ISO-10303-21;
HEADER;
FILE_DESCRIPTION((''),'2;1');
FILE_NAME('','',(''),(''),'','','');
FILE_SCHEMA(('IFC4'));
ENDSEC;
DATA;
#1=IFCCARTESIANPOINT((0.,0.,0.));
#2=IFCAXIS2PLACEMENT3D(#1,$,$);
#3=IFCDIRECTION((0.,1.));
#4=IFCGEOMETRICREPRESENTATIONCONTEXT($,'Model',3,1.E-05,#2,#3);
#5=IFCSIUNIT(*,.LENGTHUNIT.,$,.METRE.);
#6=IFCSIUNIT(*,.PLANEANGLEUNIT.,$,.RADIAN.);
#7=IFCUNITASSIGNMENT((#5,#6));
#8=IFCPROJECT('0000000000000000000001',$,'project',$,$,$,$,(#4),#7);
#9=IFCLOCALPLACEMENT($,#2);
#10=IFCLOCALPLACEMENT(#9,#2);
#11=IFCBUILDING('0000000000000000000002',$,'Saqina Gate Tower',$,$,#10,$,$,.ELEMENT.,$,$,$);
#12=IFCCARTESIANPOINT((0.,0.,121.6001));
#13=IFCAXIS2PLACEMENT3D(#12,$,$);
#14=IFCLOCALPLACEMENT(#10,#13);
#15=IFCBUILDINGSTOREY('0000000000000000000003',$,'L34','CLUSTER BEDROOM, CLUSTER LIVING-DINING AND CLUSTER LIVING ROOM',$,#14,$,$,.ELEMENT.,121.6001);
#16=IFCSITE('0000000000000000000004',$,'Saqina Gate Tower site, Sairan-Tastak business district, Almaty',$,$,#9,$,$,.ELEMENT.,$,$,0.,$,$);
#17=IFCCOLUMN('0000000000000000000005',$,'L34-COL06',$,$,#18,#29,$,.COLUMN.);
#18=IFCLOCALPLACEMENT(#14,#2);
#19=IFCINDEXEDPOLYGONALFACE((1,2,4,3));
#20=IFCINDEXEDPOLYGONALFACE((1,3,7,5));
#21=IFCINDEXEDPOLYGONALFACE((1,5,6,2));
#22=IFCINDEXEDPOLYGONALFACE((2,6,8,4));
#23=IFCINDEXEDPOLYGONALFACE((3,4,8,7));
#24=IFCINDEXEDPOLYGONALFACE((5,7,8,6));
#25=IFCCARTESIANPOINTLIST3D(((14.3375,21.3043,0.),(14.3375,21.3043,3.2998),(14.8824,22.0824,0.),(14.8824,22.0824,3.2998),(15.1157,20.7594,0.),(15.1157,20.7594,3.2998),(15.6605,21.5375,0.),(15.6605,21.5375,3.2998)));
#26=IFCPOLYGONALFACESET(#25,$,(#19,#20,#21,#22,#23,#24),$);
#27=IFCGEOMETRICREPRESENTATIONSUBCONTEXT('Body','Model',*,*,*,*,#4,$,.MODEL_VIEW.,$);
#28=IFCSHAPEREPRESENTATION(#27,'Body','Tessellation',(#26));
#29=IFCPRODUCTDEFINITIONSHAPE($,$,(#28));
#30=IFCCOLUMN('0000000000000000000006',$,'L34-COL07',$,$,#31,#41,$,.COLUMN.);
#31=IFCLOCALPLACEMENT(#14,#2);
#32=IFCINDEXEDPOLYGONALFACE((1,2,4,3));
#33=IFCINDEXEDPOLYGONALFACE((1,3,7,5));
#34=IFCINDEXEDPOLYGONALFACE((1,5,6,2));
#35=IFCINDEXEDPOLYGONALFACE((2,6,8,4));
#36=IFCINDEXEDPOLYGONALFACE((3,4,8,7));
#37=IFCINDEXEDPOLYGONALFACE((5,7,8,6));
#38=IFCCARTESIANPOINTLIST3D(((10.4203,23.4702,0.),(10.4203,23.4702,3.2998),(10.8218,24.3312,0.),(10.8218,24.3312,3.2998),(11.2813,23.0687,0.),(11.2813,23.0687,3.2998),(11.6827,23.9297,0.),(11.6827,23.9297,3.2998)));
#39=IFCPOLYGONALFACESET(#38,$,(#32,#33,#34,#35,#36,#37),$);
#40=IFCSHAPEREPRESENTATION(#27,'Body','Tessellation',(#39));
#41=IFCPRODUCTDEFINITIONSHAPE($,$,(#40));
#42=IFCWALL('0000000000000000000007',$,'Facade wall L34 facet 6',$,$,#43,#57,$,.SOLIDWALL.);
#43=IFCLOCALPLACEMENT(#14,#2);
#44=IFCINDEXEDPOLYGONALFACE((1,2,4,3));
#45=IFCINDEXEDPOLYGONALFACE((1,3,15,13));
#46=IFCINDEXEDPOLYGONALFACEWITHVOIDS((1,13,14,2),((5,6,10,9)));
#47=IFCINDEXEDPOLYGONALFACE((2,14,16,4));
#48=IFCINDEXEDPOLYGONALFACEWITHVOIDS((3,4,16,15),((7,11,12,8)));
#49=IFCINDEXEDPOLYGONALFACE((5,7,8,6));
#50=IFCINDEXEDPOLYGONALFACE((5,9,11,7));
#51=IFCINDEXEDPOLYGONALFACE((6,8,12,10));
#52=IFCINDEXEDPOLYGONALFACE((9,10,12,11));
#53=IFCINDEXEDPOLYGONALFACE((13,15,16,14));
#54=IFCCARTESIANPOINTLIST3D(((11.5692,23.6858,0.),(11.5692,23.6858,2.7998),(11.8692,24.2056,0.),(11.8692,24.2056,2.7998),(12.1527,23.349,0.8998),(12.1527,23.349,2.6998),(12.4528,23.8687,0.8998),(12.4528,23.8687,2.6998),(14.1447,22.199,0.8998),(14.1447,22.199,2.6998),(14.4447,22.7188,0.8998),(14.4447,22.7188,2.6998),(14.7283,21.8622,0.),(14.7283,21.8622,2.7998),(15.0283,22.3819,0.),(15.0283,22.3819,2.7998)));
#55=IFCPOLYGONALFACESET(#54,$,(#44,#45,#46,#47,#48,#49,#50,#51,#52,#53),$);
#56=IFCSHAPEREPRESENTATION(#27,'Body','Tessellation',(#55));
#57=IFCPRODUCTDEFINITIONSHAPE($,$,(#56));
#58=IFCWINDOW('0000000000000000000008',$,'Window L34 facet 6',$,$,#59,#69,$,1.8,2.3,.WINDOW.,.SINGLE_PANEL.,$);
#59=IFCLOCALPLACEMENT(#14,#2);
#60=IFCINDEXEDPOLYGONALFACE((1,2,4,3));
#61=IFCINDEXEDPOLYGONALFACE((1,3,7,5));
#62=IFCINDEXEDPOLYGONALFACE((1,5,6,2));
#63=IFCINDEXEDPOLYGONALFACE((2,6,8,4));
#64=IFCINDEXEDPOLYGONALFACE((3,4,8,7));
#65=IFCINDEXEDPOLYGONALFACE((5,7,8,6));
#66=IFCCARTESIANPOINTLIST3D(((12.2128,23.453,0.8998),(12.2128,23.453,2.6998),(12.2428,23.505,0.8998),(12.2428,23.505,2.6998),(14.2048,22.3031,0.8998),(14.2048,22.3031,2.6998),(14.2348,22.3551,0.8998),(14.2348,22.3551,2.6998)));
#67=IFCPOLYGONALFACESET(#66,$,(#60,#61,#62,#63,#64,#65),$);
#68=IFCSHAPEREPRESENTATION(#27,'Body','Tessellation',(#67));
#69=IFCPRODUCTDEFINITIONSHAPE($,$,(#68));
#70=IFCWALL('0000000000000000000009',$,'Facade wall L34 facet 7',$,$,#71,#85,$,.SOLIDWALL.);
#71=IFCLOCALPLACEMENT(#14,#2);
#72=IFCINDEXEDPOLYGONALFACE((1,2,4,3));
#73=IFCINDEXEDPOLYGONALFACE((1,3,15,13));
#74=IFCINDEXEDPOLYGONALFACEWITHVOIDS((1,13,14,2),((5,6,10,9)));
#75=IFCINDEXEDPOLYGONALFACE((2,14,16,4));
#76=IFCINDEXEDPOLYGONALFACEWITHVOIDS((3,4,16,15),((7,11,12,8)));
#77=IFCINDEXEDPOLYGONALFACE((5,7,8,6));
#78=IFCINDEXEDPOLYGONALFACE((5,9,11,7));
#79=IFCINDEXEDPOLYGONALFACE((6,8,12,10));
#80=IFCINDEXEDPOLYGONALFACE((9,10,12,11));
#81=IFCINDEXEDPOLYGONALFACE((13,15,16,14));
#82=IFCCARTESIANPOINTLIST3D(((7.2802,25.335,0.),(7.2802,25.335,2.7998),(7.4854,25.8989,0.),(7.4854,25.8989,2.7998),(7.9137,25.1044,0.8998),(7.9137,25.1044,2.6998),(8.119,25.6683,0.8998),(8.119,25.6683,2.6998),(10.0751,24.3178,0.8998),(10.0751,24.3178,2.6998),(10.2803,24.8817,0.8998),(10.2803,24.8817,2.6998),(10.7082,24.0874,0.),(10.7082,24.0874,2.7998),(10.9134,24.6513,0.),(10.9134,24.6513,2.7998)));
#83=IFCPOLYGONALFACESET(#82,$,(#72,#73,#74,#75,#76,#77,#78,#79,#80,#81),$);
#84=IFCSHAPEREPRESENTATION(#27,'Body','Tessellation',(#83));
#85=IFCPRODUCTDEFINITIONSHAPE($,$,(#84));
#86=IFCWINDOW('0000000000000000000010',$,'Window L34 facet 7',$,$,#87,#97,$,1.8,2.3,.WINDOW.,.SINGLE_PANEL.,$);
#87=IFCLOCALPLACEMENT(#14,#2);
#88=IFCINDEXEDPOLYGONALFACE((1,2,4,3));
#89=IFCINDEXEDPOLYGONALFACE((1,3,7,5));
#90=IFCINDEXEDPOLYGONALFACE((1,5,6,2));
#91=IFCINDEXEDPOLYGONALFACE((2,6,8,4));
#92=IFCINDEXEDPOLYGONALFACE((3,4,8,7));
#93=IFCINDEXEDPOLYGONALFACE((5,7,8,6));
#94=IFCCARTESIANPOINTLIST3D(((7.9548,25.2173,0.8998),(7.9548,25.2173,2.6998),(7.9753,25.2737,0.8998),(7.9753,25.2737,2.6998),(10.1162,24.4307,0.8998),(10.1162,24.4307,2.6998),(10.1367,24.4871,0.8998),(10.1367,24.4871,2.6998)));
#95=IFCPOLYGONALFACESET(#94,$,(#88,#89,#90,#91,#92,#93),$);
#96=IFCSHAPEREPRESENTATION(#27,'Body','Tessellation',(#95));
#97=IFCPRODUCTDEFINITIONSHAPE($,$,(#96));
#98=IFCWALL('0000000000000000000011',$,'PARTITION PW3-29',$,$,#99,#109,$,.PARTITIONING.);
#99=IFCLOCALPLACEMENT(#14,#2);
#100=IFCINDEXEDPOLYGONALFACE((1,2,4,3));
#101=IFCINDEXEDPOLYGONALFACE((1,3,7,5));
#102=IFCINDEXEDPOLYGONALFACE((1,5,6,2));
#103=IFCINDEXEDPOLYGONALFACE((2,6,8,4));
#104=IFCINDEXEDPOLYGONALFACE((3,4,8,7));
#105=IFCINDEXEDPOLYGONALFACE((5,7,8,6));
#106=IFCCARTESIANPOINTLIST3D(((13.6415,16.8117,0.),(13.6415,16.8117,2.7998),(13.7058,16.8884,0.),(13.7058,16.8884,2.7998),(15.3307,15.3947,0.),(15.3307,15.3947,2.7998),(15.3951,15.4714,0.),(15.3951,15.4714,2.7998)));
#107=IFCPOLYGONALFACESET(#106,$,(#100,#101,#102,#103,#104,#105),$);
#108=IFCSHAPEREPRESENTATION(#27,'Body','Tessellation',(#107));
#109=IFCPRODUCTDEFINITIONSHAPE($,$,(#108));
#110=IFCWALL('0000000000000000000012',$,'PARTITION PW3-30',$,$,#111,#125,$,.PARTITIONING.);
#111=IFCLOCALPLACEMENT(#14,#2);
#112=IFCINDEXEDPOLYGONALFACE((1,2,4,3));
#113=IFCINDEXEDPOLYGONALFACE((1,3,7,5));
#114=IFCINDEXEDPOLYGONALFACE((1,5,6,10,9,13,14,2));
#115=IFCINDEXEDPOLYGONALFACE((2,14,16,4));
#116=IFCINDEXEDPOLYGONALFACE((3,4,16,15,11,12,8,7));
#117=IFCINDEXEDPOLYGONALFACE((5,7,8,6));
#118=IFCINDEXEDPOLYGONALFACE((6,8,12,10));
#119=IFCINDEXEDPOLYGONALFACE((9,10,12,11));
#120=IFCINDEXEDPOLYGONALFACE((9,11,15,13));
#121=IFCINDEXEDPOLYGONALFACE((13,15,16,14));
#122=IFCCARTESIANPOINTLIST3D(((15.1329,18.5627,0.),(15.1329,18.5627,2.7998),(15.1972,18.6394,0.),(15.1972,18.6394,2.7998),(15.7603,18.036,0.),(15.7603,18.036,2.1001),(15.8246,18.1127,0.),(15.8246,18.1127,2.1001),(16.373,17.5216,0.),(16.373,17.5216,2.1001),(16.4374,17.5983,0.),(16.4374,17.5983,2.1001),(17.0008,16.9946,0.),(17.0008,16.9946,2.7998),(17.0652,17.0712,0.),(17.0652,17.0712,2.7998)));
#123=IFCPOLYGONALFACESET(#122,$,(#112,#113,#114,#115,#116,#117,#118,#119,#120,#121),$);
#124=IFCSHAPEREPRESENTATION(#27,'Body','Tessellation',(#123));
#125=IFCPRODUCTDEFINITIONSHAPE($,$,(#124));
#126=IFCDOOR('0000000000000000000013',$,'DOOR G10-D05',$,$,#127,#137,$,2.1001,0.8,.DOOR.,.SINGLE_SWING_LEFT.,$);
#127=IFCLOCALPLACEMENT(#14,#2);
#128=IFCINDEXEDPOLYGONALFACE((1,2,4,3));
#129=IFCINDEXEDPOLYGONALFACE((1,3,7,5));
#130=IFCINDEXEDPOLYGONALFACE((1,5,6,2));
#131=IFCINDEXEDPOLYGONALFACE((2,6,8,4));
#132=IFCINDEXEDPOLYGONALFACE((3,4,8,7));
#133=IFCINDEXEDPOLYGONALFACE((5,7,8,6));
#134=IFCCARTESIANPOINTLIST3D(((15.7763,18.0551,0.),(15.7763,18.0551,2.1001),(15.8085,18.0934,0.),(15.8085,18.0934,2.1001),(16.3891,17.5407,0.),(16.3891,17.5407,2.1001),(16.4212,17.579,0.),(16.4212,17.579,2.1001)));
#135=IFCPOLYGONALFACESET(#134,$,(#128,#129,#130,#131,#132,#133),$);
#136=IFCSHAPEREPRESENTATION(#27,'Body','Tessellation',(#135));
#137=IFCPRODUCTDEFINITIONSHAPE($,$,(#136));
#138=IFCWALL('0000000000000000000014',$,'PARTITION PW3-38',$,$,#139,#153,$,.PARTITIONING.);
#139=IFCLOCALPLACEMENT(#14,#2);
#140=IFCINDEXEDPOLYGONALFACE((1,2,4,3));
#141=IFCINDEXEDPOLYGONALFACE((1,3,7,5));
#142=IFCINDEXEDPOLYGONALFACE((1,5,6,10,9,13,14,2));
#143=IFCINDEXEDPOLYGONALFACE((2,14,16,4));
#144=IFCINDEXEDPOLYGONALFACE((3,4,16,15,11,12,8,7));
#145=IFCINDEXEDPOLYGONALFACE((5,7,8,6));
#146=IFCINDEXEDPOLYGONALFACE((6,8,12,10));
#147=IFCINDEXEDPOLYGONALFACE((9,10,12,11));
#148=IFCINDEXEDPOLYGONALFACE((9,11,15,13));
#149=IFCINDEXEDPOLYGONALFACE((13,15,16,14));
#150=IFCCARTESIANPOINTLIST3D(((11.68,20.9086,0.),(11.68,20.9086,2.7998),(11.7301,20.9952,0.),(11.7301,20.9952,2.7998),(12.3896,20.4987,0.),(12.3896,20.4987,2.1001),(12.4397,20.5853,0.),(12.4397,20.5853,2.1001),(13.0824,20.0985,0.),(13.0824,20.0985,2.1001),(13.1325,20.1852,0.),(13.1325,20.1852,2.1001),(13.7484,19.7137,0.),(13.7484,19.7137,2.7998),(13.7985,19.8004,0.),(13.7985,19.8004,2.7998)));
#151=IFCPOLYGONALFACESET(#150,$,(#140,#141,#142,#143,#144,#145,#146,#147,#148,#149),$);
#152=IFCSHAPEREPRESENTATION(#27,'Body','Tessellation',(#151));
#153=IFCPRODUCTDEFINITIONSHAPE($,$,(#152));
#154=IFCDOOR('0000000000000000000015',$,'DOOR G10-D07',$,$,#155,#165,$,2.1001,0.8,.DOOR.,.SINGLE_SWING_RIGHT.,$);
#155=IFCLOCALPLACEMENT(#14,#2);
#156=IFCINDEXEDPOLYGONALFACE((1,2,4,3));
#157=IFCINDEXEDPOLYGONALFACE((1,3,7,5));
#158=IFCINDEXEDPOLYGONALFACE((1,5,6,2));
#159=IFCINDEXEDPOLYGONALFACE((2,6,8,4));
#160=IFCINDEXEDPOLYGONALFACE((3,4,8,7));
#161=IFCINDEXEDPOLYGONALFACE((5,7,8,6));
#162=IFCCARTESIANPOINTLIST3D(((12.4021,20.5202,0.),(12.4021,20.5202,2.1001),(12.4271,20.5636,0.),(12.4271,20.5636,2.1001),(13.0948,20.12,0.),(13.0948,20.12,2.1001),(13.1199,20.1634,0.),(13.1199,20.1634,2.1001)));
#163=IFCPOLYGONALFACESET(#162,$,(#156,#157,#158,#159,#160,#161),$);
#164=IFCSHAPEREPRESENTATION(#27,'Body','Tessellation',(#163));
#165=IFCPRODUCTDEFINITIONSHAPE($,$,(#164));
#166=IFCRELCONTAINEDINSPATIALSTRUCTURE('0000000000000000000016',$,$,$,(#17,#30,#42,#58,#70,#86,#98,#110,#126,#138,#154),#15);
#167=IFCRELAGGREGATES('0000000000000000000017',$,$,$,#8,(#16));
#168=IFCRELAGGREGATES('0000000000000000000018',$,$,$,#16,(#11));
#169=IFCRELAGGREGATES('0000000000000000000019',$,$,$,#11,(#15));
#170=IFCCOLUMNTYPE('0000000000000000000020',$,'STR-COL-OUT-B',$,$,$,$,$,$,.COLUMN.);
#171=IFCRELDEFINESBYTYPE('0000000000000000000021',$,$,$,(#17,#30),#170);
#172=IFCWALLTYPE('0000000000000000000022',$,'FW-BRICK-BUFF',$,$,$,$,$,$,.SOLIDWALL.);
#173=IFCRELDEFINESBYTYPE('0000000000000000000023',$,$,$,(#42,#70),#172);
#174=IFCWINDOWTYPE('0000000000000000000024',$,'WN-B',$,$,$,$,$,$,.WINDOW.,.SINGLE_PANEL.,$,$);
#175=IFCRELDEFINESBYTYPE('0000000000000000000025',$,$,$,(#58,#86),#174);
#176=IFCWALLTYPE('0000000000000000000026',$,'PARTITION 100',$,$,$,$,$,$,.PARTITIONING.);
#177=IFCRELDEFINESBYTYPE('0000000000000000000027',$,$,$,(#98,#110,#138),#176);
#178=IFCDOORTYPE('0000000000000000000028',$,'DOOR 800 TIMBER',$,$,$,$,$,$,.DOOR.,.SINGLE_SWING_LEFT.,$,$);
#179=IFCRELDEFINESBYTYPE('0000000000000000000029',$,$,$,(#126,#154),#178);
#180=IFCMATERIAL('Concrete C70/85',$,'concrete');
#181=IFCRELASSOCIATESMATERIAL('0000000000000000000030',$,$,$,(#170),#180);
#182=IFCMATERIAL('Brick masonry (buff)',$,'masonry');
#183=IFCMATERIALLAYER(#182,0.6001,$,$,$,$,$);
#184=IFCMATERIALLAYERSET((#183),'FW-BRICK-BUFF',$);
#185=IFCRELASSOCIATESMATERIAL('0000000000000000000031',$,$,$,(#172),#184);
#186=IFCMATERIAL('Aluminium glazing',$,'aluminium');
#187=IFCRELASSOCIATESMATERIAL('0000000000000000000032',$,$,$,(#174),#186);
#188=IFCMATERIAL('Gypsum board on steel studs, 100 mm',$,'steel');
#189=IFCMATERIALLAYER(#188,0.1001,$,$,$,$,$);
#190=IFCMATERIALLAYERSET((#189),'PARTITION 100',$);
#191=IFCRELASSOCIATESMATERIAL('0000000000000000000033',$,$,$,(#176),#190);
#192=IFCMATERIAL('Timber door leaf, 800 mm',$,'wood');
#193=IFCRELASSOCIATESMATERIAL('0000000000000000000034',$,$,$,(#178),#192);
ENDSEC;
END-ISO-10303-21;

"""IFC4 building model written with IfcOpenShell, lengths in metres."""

from ifc_helpers import new_model, si_unit, direction, frame, frame_2d, origin, origin_2d, place, context, subcontext, project, spatial, rectangle, extrude, material, layer, layer_set, material_profile, profile_set, type_object, element, fill, save


model = new_model("IFC4")

# Units and contexts
model_context = context("Model", 3, precision=1e-05, world=origin(), true_north=direction((0.0, 1.0)))
body_context = subcontext(model_context, "Body", "Model", "MODEL_VIEW")
ifc_project = project(units=[si_unit("LENGTHUNIT", "METRE"), si_unit("PLANEANGLEUNIT", "RADIAN")], contexts=[model_context])

# Site, building, storey
site_placement = place(None, origin())
site = spatial("IfcSite", under=ifc_project, at=site_placement, Name="Saqina Gate Tower site, Sairan-Tastak business district, Almaty", CompositionType="ELEMENT", RefElevation=0.0)
building_placement = place(site_placement, origin())
building = spatial("IfcBuilding", under=site, at=building_placement, Name="Saqina Gate Tower", CompositionType="ELEMENT")
storey_placement = place(building_placement, frame((0.0, 0.0, 121.6001)))
storey = spatial("IfcBuildingStorey", under=building, at=storey_placement, Name="L34", Description="CLUSTER BEDROOM, CLUSTER LIVING-DINING AND CLUSTER LIVING ROOM", CompositionType="ELEMENT", Elevation=121.6001)

# Columns
ifc_material_1 = material(Name="Concrete C70/85", Category="concrete")
ifc_material_profile = material_profile(ifc_material_1, rectangle(XDim=0.95, YDim=0.95, at=origin_2d()), Name="RC 950x950")
ifc_profile_set = profile_set([ifc_material_profile], Name="Concrete C70/85")
column_type = type_object("IfcColumnType", Name="STR-COL-OUT-B", PredefinedType="COLUMN", material=ifc_profile_set)
for number, where, z_axis, x_axis, name in (
    (1, (14.999, 21.4209, 0.0), (0.0, 0.0, 1.0), (0.573576, 0.819152, 0.0), "L34-COL06"),
    (2, (11.0515, 23.7, 0.0), (0.0, 0.0, 1.0), (0.422618, 0.906308, 0.0), "L34-COL07"),
):
    element("IfcColumn", number, at=place(storey_placement, frame(where, z_axis=z_axis, x_axis=x_axis)), inside=storey, type_object=column_type, Name=name, PredefinedType="COLUMN", context=body_context, shape_type="SweptSolid", body=[
        extrude(rectangle(XDim=0.95, YDim=0.95, at=origin_2d()), origin(), (0.0, 0.0, 1.0), 3.2998),
    ])

# Walls, openings, windows
ifc_material_2 = material(Name="Brick masonry (buff)", Category="masonry")
ifc_layer_1 = layer(ifc_material_2, 0.6001)
ifc_layer_set_1 = layer_set([ifc_layer_1], Name="FW-BRICK-BUFF")
wall_type_1 = type_object("IfcWallType", Name="FW-BRICK-BUFF", PredefinedType="SOLIDWALL", material=ifc_layer_set_1)
wall_1_placement = place(storey_placement, frame((14.8782, 22.1221, 0.0), z_axis=(0.0, 0.0, 1.0), x_axis=(-0.866052, 0.499954, 0.0)))
wall_1 = element("IfcWall", 3, at=wall_1_placement, inside=storey, type_object=wall_type_1, Name="Facade wall L34 facet 6", PredefinedType="SOLIDWALL", context=body_context, shape_type="SweptSolid", body=[
    extrude(rectangle(XDim=3.6477, YDim=0.6001, at=frame_2d((1.8237, 0.0))), origin(), (0.0, 0.0, 1.0), 2.7998),
])
opening_1_placement = place(wall_1_placement, frame((0.6738, 0.0, 0.8999)))
opening_1 = element("IfcOpeningElement", 4, at=opening_1_placement, cuts=wall_1, PredefinedType="OPENING", context=body_context, shape_type="SweptSolid", body=[
    extrude(rectangle(XDim=2.3, YDim=1.8, at=frame_2d((1.1499, 0.8999))), frame((0.0, 0.312, 0.0), z_axis=(0.0, -1.0, 0.0), x_axis=(1.0, 0.0, 0.0)), (0.0, 0.0, 1.0), 0.624),
])
ifc_material_3 = material(Name="Aluminium glazing", Category="aluminium")
window_type = type_object("IfcWindowType", Name="WN-B", PartitioningType="SINGLE_PANEL", PredefinedType="WINDOW", material=ifc_material_3)
window_1_placement = place(opening_1_placement, origin())
window_1 = element("IfcWindow", 5, at=window_1_placement, inside=storey, type_object=window_type, Name="Window L34 facet 6", OverallHeight=1.8, OverallWidth=2.3, PartitioningType="SINGLE_PANEL", PredefinedType="WINDOW", context=body_context, shape_type="SweptSolid", body=[
    extrude(rectangle(XDim=2.3, YDim=1.8, at=frame_2d((1.1499, 0.8999))), frame((0.0, 0.1799, 0.0), z_axis=(0.0, -1.0, 0.0), x_axis=(1.0, 0.0, 0.0)), (0.0, 0.0, 1.0), 0.0601),
])
fill(opening_1, window_1)
wall_2_placement = place(storey_placement, frame((10.8108, 24.3694, 0.0), z_axis=(0.0, 0.0, 1.0), x_axis=(-0.939704, 0.34199, 0.0)))
wall_2 = element("IfcWall", 6, at=wall_2_placement, inside=storey, type_object=wall_type_1, Name="Facade wall L34 facet 7", PredefinedType="SOLIDWALL", context=body_context, shape_type="SweptSolid", body=[
    extrude(rectangle(XDim=3.6479, YDim=0.6001, at=frame_2d((1.824, 0.0))), origin(), (0.0, 0.0, 1.0), 2.7998),
])
opening_2_placement = place(wall_2_placement, frame((0.6738, 0.0, 0.8999)))
opening_2 = element("IfcOpeningElement", 7, at=opening_2_placement, cuts=wall_2, PredefinedType="OPENING", context=body_context, shape_type="SweptSolid", body=[
    extrude(rectangle(XDim=2.3, YDim=1.8, at=frame_2d((1.1499, 0.8999))), frame((0.0, 0.312, 0.0), z_axis=(0.0, -1.0, 0.0), x_axis=(1.0, 0.0, 0.0)), (0.0, 0.0, 1.0), 0.624),
])
window_2_placement = place(opening_2_placement, origin())
window_2 = element("IfcWindow", 8, at=window_2_placement, inside=storey, type_object=window_type, Name="Window L34 facet 7", OverallHeight=1.8, OverallWidth=2.3, PartitioningType="SINGLE_PANEL", PredefinedType="WINDOW", context=body_context, shape_type="SweptSolid", body=[
    extrude(rectangle(XDim=2.3, YDim=1.8, at=frame_2d((1.1499, 0.8999))), frame((0.0, 0.1799, 0.0), z_axis=(0.0, -1.0, 0.0), x_axis=(1.0, 0.0, 0.0)), (0.0, 0.0, 1.0), 0.0601),
])
fill(opening_2, window_2)

# Wall
ifc_material_4 = material(Name="Gypsum board on steel studs, 100 mm", Category="steel")
ifc_layer_2 = layer(ifc_material_4, 0.1001)
ifc_layer_set_2 = layer_set([ifc_layer_2], Name="PARTITION 100")
wall_type_2 = type_object("IfcWallType", Name="PARTITION 100", PredefinedType="PARTITIONING", material=ifc_layer_set_2)
wall_3_placement = place(storey_placement, frame((13.6736, 16.8501, 0.0), z_axis=(0.0, 0.0, 1.0), x_axis=(0.766139, -0.642675, 0.0)))
element("IfcWall", 9, at=wall_3_placement, inside=storey, type_object=wall_type_2, Name="PARTITION PW3-29", PredefinedType="PARTITIONING", context=body_context, shape_type="SweptSolid", body=[
    extrude(rectangle(XDim=2.2048, YDim=0.1001, at=frame_2d((1.1025, 0.0))), origin(), (0.0, 0.0, 1.0), 2.7998),
])

# Walls, openings, doors
wall_4_placement = place(storey_placement, frame((15.165, 18.6011, 0.0), z_axis=(0.0, 0.0, 1.0), x_axis=(0.765894, -0.642967, 0.0)))
wall_4 = element("IfcWall", 10, at=wall_4_placement, inside=storey, type_object=wall_type_2, Name="PARTITION PW3-30", PredefinedType="PARTITIONING", context=body_context, shape_type="SweptSolid", body=[
    extrude(rectangle(XDim=2.439, YDim=0.1001, at=frame_2d((1.2195, 0.0))), origin(), (0.0, 0.0, 1.0), 2.7998),
])
opening_3_placement = place(wall_4_placement, frame((0.8193, 0.0, 0.0)))
opening_3 = element("IfcOpeningElement", 11, at=opening_3_placement, cuts=wall_4, PredefinedType="OPENING", context=body_context, shape_type="SweptSolid", body=[
    extrude(rectangle(XDim=0.8, YDim=2.1001, at=frame_2d((0.3999, 1.05))), frame((0.0, 0.062, 0.0), z_axis=(0.0, -1.0, 0.0), x_axis=(1.0, 0.0, 0.0)), (0.0, 0.0, 1.0), 0.124),
])
ifc_material_5 = material(Name="Timber door leaf, 800 mm", Category="wood")
door_type_1 = type_object("IfcDoorType", Name="DOOR 800 TIMBER", OperationType="SINGLE_SWING_LEFT", PredefinedType="DOOR", material=ifc_material_5)
door_1_placement = place(opening_3_placement, origin())
door_1 = element("IfcDoor", 12, at=door_1_placement, inside=storey, type_object=door_type_1, Name="DOOR G10-D05", OperationType="SINGLE_SWING_LEFT", OverallHeight=2.1001, OverallWidth=0.8, PredefinedType="DOOR", context=body_context, shape_type="SweptSolid", body=[
    extrude(rectangle(XDim=0.8, YDim=2.1001, at=frame_2d((0.3999, 1.05))), frame((0.0, 0.0249, 0.0), z_axis=(0.0, -1.0, 0.0), x_axis=(1.0, 0.0, 0.0)), (0.0, 0.0, 1.0), 0.05),
])
fill(opening_3, door_1)
wall_5_placement = place(storey_placement, frame((11.7051, 20.9519, 0.0), z_axis=(0.0, 0.0, 1.0), x_axis=(0.865906, -0.500206, 0.0)))
wall_5 = element("IfcWall", 13, at=wall_5_placement, inside=storey, type_object=wall_type_2, Name="PARTITION PW3-38", PredefinedType="PARTITIONING", context=body_context, shape_type="SweptSolid", body=[
    extrude(rectangle(XDim=2.3887, YDim=0.1001, at=frame_2d((1.1943, 0.0))), origin(), (0.0, 0.0, 1.0), 2.7998),
])
opening_4_placement = place(wall_5_placement, frame((0.8196, 0.0, 0.0)))
opening_4 = element("IfcOpeningElement", 14, at=opening_4_placement, cuts=wall_5, PredefinedType="OPENING", context=body_context, shape_type="SweptSolid", body=[
    extrude(rectangle(XDim=0.8, YDim=2.1001, at=frame_2d((0.3999, 1.05))), frame((0.0, 0.062, 0.0), z_axis=(0.0, -1.0, 0.0), x_axis=(1.0, 0.0, 0.0)), (0.0, 0.0, 1.0), 0.124),
])
door_2_placement = place(opening_4_placement, origin())
door_2 = element("IfcDoor", 15, at=door_2_placement, inside=storey, type_object=door_type_1, Name="DOOR G10-D07", OperationType="SINGLE_SWING_RIGHT", OverallHeight=2.1001, OverallWidth=0.8, PredefinedType="DOOR", context=body_context, shape_type="SweptSolid", body=[
    extrude(rectangle(XDim=0.8, YDim=2.1001, at=frame_2d((0.3999, 1.05))), frame((0.0, 0.0249, 0.0), z_axis=(0.0, -1.0, 0.0), x_axis=(1.0, 0.0, 0.0)), (0.0, 0.0, 1.0), 0.05),
])
fill(opening_4, door_2)

save(model, "model.ifc")
